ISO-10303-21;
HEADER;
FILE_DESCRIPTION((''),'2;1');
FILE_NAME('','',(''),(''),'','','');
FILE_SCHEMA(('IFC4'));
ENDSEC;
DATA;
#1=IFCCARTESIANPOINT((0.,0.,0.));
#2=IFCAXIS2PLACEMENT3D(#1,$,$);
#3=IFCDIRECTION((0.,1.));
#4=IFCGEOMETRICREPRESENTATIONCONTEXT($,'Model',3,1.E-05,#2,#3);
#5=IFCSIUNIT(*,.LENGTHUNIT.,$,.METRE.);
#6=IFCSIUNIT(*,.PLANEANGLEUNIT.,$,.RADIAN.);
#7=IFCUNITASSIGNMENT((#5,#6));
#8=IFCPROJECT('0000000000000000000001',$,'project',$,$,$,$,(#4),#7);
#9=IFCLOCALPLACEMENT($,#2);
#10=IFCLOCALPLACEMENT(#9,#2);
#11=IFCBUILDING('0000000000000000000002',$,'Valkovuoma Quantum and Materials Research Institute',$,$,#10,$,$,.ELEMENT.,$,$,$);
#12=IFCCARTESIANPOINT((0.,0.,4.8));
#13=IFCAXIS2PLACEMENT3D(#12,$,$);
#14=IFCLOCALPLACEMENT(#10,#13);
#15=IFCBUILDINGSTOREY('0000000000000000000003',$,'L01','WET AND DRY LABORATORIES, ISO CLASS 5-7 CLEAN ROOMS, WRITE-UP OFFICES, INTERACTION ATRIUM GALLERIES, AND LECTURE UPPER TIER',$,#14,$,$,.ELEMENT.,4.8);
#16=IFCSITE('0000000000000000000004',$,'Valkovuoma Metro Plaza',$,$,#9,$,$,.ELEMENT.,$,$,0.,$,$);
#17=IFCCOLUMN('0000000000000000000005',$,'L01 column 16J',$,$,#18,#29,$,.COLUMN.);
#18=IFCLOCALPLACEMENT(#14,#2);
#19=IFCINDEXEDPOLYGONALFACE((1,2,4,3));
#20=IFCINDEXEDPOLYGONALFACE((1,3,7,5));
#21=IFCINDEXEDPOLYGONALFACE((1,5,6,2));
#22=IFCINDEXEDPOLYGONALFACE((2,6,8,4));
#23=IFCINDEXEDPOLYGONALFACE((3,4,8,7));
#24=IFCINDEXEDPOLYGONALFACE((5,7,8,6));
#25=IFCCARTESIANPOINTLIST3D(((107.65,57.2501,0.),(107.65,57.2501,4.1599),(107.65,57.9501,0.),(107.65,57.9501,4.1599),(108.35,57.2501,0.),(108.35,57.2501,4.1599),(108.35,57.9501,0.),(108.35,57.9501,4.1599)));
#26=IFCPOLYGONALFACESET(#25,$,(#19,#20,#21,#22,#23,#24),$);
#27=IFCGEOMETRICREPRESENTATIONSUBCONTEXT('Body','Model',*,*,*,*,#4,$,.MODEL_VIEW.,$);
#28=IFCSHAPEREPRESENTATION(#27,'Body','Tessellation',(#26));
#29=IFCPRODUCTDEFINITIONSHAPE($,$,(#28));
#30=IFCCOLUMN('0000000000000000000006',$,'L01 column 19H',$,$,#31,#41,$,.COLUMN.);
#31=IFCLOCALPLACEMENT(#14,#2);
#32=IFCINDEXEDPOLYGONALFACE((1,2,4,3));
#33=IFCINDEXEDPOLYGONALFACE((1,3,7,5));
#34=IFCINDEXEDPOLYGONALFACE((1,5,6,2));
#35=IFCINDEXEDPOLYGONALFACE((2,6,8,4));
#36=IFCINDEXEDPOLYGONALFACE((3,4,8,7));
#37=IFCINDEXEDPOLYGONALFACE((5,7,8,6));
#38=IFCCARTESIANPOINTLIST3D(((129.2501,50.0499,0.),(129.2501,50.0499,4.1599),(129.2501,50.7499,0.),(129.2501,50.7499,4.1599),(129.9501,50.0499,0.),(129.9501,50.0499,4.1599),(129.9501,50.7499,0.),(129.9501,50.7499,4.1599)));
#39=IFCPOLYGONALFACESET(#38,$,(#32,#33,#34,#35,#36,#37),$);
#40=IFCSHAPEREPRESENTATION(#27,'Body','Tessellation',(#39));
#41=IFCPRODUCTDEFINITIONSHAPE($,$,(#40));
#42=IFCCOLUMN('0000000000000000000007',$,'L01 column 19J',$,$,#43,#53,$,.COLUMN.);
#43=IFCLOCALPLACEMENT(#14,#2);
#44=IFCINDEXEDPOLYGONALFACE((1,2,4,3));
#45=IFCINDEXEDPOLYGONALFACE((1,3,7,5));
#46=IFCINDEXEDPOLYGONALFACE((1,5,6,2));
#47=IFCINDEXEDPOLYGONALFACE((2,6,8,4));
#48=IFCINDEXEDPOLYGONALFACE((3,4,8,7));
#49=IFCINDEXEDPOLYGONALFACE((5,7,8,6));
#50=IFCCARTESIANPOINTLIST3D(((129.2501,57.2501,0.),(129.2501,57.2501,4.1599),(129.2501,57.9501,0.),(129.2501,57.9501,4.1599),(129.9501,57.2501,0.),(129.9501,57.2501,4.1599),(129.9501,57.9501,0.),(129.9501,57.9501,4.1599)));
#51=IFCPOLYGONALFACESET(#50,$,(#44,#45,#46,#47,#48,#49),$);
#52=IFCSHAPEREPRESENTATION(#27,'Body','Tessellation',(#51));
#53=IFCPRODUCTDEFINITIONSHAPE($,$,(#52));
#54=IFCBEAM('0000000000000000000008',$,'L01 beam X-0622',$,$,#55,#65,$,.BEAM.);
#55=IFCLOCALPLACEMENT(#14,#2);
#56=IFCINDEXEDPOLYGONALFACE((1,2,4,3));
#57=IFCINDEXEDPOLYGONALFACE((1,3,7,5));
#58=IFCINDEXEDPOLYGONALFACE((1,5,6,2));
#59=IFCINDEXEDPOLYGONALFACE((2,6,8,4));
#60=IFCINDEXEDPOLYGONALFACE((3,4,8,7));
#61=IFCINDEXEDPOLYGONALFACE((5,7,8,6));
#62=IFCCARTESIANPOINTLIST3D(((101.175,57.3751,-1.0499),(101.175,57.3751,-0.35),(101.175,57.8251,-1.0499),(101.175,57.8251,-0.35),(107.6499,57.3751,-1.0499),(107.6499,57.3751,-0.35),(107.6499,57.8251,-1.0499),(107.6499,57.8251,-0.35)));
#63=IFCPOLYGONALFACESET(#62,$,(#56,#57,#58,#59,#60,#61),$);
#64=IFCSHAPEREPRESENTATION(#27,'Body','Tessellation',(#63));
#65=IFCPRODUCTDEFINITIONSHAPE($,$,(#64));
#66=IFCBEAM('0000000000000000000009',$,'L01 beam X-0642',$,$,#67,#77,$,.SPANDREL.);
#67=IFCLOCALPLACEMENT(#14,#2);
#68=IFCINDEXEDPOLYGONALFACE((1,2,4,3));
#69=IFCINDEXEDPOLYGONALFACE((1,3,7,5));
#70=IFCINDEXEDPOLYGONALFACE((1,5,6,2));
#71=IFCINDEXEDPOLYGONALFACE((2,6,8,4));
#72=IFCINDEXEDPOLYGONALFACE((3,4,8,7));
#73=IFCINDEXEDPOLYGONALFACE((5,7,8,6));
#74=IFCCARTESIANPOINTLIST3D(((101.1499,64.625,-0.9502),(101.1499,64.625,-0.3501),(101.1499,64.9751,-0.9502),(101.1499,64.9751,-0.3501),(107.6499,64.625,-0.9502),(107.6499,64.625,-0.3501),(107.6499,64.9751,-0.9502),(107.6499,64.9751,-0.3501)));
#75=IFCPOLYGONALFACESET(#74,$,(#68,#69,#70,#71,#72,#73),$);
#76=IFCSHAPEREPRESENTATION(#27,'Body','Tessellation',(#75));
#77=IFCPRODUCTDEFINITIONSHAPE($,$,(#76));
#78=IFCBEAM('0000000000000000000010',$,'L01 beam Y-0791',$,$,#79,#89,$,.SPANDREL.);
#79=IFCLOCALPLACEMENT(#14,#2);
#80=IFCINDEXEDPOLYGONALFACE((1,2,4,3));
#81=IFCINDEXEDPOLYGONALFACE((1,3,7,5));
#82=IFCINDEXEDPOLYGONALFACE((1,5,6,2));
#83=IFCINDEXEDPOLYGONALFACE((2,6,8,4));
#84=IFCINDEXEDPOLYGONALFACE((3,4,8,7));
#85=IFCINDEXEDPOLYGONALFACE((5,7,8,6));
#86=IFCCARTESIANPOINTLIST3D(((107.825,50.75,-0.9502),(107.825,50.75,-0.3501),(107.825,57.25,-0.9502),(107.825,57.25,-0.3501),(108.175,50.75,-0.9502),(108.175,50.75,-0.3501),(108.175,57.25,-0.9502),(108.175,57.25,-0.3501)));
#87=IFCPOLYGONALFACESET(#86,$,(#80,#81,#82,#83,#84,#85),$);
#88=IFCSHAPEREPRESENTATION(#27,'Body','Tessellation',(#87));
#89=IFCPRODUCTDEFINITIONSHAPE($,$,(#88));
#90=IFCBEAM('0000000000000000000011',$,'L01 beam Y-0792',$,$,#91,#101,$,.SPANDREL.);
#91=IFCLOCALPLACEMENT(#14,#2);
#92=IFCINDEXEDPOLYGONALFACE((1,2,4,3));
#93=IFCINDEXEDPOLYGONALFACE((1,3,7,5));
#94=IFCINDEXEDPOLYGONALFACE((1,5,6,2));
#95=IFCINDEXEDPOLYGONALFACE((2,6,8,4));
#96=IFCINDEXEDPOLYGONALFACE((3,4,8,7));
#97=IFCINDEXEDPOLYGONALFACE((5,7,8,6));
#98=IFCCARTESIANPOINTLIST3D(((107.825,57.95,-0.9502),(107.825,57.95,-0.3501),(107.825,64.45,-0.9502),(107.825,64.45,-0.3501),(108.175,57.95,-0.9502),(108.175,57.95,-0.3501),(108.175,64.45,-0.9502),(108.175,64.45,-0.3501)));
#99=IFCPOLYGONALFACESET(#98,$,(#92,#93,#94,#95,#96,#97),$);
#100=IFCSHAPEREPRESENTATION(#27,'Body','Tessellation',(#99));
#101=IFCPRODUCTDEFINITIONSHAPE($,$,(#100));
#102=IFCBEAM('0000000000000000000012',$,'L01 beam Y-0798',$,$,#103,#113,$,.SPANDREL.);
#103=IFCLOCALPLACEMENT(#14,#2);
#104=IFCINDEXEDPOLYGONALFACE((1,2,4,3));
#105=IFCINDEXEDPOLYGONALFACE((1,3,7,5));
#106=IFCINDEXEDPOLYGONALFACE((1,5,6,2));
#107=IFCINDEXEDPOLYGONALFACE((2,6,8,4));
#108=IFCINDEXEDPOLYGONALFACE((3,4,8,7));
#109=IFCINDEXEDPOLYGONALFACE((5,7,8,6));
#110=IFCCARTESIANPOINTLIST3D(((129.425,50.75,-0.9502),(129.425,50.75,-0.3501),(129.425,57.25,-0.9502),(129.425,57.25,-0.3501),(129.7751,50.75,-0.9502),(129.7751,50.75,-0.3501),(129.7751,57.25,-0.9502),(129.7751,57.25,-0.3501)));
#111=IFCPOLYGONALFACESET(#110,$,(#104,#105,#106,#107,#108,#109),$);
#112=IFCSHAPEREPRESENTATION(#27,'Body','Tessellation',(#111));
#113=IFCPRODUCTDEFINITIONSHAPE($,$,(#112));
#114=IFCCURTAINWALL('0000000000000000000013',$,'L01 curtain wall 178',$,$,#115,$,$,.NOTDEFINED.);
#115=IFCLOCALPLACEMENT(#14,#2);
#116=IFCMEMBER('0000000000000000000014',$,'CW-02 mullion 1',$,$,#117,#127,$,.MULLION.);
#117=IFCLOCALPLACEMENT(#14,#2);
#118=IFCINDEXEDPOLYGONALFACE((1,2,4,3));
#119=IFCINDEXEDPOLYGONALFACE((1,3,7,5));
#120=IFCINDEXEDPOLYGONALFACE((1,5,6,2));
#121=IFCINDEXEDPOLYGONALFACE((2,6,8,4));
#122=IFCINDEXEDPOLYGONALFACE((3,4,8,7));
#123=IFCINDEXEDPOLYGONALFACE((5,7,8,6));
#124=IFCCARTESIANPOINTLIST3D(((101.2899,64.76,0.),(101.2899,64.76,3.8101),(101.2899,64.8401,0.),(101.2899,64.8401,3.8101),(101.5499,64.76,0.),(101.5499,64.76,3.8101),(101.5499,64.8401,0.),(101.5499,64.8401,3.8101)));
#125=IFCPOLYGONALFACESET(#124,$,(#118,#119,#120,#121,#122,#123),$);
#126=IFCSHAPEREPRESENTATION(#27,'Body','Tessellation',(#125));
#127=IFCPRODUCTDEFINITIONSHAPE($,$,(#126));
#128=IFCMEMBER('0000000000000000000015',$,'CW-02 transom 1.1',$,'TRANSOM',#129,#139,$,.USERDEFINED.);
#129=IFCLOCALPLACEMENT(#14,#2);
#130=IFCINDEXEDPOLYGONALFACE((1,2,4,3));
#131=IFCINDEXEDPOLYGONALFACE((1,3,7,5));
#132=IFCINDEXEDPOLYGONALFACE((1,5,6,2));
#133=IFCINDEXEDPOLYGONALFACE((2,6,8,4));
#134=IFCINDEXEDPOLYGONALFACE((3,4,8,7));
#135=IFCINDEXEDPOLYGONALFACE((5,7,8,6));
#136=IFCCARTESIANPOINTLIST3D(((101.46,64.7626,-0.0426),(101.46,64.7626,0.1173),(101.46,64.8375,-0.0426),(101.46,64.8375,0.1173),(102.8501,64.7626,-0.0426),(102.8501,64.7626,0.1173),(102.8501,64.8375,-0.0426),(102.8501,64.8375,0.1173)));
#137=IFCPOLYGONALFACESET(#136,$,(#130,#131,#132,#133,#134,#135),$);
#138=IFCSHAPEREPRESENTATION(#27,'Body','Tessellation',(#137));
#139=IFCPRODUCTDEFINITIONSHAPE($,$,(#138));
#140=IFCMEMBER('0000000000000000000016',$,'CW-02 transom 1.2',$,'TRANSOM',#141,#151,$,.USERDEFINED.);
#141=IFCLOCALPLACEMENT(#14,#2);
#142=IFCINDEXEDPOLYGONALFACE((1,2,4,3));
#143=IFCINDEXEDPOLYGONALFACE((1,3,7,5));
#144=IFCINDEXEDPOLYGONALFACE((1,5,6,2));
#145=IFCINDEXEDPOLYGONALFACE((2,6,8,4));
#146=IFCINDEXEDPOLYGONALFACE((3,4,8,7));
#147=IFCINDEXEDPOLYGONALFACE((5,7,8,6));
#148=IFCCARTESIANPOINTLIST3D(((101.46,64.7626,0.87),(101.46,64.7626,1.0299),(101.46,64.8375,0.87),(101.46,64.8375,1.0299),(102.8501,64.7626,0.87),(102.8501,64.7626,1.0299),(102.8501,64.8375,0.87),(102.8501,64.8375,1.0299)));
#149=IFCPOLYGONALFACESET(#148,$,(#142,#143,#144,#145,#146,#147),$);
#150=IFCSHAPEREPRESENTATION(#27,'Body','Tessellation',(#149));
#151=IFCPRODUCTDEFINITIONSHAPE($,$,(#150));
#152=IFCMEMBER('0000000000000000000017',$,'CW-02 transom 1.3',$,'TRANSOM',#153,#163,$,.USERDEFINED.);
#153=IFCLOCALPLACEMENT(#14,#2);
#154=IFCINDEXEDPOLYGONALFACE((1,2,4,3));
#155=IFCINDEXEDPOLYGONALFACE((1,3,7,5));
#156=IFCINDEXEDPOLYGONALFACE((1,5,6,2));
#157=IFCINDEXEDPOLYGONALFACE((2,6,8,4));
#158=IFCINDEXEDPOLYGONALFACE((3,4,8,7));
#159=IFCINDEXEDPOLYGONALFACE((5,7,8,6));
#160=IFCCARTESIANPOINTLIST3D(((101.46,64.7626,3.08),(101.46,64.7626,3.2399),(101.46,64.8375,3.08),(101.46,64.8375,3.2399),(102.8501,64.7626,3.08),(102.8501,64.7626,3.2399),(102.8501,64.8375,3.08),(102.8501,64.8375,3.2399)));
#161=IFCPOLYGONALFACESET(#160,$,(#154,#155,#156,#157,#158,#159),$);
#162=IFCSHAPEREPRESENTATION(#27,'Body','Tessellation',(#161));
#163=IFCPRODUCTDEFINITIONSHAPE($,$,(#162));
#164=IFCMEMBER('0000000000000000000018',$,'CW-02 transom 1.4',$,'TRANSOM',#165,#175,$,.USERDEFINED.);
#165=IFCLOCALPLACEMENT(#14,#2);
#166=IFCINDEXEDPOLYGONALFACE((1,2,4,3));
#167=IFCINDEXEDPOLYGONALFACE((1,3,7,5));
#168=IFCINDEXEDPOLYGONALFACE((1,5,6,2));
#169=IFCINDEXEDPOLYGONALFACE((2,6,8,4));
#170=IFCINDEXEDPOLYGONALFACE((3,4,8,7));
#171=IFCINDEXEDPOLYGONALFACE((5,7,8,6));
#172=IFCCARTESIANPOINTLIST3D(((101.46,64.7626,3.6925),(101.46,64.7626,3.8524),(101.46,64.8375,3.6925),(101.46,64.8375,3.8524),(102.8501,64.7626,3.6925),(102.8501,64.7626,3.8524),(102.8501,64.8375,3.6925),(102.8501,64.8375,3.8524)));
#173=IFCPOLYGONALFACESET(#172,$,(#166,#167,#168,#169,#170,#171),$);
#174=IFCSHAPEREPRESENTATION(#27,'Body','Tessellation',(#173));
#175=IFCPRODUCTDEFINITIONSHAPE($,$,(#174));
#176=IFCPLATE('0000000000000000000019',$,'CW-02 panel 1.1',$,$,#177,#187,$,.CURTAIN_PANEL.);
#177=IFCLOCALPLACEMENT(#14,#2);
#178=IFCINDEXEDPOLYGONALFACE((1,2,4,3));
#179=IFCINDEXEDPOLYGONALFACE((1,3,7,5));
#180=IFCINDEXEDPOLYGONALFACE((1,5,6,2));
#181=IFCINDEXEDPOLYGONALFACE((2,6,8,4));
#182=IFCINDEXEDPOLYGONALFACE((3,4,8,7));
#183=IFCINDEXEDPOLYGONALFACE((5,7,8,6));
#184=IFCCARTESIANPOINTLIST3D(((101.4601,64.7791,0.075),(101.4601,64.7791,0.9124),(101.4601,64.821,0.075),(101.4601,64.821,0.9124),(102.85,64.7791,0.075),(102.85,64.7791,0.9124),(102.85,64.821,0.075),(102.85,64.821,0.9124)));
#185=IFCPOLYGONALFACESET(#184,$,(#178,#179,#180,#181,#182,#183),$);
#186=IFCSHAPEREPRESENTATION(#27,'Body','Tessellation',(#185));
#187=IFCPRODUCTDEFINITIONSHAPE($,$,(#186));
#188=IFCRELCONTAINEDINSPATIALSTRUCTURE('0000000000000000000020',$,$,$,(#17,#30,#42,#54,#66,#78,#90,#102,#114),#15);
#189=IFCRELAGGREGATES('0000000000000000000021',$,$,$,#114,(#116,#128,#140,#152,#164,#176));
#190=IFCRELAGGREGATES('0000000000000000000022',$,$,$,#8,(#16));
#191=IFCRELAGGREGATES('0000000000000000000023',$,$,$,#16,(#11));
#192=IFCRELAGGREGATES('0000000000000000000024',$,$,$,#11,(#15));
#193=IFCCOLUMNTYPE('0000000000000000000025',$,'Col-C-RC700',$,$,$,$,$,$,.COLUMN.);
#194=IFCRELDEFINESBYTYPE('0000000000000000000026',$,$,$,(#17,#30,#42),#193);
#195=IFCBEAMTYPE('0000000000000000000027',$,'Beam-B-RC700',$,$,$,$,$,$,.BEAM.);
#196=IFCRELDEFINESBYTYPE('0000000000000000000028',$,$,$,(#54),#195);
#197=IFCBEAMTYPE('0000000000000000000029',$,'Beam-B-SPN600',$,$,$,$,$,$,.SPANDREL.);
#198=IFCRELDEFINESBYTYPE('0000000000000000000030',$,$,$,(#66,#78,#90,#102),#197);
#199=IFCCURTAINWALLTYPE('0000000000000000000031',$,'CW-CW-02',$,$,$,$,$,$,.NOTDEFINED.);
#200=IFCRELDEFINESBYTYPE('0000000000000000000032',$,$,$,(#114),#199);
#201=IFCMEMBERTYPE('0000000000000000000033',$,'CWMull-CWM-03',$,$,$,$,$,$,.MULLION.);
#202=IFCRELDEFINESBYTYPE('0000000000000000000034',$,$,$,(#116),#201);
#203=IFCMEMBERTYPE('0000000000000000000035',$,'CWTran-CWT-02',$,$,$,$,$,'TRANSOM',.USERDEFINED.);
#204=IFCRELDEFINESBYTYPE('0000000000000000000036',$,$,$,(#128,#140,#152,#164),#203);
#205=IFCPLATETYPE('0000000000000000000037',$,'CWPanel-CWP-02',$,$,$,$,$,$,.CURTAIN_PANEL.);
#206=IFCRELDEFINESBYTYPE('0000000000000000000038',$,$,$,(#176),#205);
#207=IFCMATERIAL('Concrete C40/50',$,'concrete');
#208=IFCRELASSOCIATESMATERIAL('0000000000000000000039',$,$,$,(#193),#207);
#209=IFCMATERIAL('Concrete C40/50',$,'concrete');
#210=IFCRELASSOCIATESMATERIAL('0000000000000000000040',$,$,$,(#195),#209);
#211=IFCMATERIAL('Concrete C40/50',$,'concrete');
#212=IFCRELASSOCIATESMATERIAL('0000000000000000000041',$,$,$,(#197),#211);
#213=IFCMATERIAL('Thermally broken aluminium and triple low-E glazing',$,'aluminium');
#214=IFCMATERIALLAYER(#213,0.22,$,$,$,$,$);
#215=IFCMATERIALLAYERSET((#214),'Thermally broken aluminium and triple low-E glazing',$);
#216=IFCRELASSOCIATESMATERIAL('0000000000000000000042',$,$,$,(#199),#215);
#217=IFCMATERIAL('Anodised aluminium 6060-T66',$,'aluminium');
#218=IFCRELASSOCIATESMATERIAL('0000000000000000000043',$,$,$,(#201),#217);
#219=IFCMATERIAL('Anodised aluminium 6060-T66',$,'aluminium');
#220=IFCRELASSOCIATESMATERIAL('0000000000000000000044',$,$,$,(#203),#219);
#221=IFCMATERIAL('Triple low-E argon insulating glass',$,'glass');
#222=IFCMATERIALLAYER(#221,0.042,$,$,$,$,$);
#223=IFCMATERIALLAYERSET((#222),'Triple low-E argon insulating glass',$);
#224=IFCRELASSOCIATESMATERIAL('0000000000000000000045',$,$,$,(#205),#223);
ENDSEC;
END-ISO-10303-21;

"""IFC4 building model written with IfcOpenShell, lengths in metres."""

from ifc_helpers import new_model, si_unit, direction, frame, origin, origin_2d, place, context, subcontext, project, spatial, rectangle, extrude, material, layer, layer_set, material_profile, profile_set, type_object, element, aggregate, save


model = new_model("IFC4")

# Units and contexts
model_context = context("Model", 3, precision=1e-05, world=origin(), true_north=direction((0.0, 1.0)))
body_context = subcontext(model_context, "Body", "Model", "MODEL_VIEW")
ifc_project = project(units=[si_unit("LENGTHUNIT", "METRE"), si_unit("PLANEANGLEUNIT", "RADIAN")], contexts=[model_context])

# Site, building, storey
site_placement = place(None, origin())
site = spatial("IfcSite", under=ifc_project, at=site_placement, Name="Valkovuoma Metro Plaza", CompositionType="ELEMENT", RefElevation=0.0)
building_placement = place(site_placement, origin())
building = spatial("IfcBuilding", under=site, at=building_placement, Name="Valkovuoma Quantum and Materials Research Institute", CompositionType="ELEMENT")
storey_placement = place(building_placement, frame((0.0, 0.0, 4.8)))
storey = spatial("IfcBuildingStorey", under=building, at=storey_placement, Name="L01", Description="WET AND DRY LABORATORIES, ISO CLASS 5-7 CLEAN ROOMS, WRITE-UP OFFICES, INTERACTION ATRIUM GALLERIES, AND LECTURE UPPER TIER", CompositionType="ELEMENT", Elevation=4.8)

# Columns
ifc_material_1 = material(Name="Concrete C40/50", Category="concrete")
ifc_material_profile_1 = material_profile(ifc_material_1, rectangle(XDim=0.7, YDim=0.7, at=origin_2d()), Name="Concrete C40/50")
ifc_profile_set_1 = profile_set([ifc_material_profile_1], Name="Concrete C40/50")
column_type = type_object("IfcColumnType", Name="Col-C-RC700", PredefinedType="COLUMN", material=ifc_profile_set_1)
for number, where, z_axis, x_axis, name in (
    (1, (108.0, 57.6001, 0.0), (0.0, 0.0, 1.0), (1.0, 0.0, 0.0), "L01 column 16J"),
    (2, (129.6001, 50.3999, 0.0), (0.0, 0.0, 1.0), (1.0, 0.0, 0.0), "L01 column 19H"),
    (3, (129.6001, 57.6001, 0.0), (0.0, 0.0, 1.0), (1.0, 0.0, 0.0), "L01 column 19J"),
):
    element("IfcColumn", number, at=place(storey_placement, frame(where, z_axis=z_axis, x_axis=x_axis)), inside=storey, type_object=column_type, Name=name, PredefinedType="COLUMN", context=body_context, shape_type="SweptSolid", body=[
        extrude(rectangle(XDim=0.7, YDim=0.7, at=origin_2d()), origin(), (0.0, 0.0, 1.0), 4.1599),
    ])

# Beams
ifc_material_2 = material(Name="Concrete C40/50", Category="concrete")
ifc_material_profile_2 = material_profile(ifc_material_2, rectangle(XDim=0.45, YDim=0.7, at=origin_2d()), Name="Concrete C40/50")
ifc_profile_set_2 = profile_set([ifc_material_profile_2], Name="Concrete C40/50")
beam_type_1 = type_object("IfcBeamType", Name="Beam-B-RC700", PredefinedType="BEAM", material=ifc_profile_set_2)
beam_placement = place(storey_placement, frame((101.175, 57.6001, -0.7), z_axis=(1.0, 0.0, 0.0), x_axis=(0.0, 1.0, 0.0)))
element("IfcBeam", 4, at=beam_placement, inside=storey, type_object=beam_type_1, Name="L01 beam X-0622", PredefinedType="BEAM", context=body_context, shape_type="SweptSolid", body=[
    extrude(rectangle(XDim=0.45, YDim=0.7, at=origin_2d()), origin(), (0.0, 0.0, 1.0), 6.4749),
])
ifc_material_3 = material(Name="Concrete C40/50", Category="concrete")
ifc_material_profile_3 = material_profile(ifc_material_3, rectangle(XDim=0.3501, YDim=0.6001, at=origin_2d()), Name="Concrete C40/50")
ifc_profile_set_3 = profile_set([ifc_material_profile_3], Name="Concrete C40/50")
beam_type_2 = type_object("IfcBeamType", Name="Beam-B-SPN600", PredefinedType="SPANDREL", material=ifc_profile_set_3)
for number, where, z_axis, x_axis, name in (
    (5, (101.1499, 64.8, -0.6501), (1.0, 0.0, 0.0), (0.0, 1.0, 0.0), "L01 beam X-0642"),
    (6, (108.0, 50.75, -0.6501), (0.0, 1.0, 0.0), (-1.0, 0.0, 0.0), "L01 beam Y-0791"),
    (7, (108.0, 57.95, -0.6501), (0.0, 1.0, 0.0), (-1.0, 0.0, 0.0), "L01 beam Y-0792"),
    (8, (129.6001, 50.75, -0.6501), (0.0, 1.0, 0.0), (-1.0, 0.0, 0.0), "L01 beam Y-0798"),
):
    element("IfcBeam", number, at=place(storey_placement, frame(where, z_axis=z_axis, x_axis=x_axis)), inside=storey, type_object=beam_type_2, Name=name, PredefinedType="SPANDREL", context=body_context, shape_type="SweptSolid", body=[
        extrude(rectangle(XDim=0.3501, YDim=0.6001, at=origin_2d()), origin(), (0.0, 0.0, 1.0), 6.5),
    ])

# Curtain wall, members, plate
ifc_material_4 = material(Name="Thermally broken aluminium and triple low-E glazing", Category="aluminium")
ifc_layer_1 = layer(ifc_material_4, 0.22)
ifc_layer_set_1 = layer_set([ifc_layer_1], Name="Thermally broken aluminium and triple low-E glazing")
curtain_wall_type = type_object("IfcCurtainWallType", Name="CW-CW-02", PredefinedType="NOTDEFINED", material=ifc_layer_set_1)
curtain_wall_placement = place(storey_placement, origin())
curtain_wall = element("IfcCurtainWall", 9, at=curtain_wall_placement, inside=storey, type_object=curtain_wall_type, Name="L01 curtain wall 178", PredefinedType="NOTDEFINED")
ifc_material_5 = material(Name="Anodised aluminium 6060-T66", Category="aluminium")
ifc_material_profile_4 = material_profile(ifc_material_5, rectangle(XDim=0.0801, YDim=0.26, at=origin_2d()), Name="Anodised aluminium 6060-T66")
ifc_profile_set_4 = profile_set([ifc_material_profile_4], Name="Anodised aluminium 6060-T66")
member_type_1 = type_object("IfcMemberType", Name="CWMull-CWM-03", PredefinedType="MULLION", material=ifc_profile_set_4)
member_1_placement = place(storey_placement, frame((101.4199, 64.8, 0.0), z_axis=(0.0, 0.0, 1.0), x_axis=(0.0, 1.0, 0.0)))
member_1 = element("IfcMember", 10, at=member_1_placement, type_object=member_type_1, Name="CW-02 mullion 1", PredefinedType="MULLION", context=body_context, shape_type="SweptSolid", body=[
    extrude(rectangle(XDim=0.0801, YDim=0.26, at=origin_2d()), origin(), (0.0, 0.0, 1.0), 3.8101),
])
ifc_material_6 = material(Name="Anodised aluminium 6060-T66", Category="aluminium")
ifc_material_profile_5 = material_profile(ifc_material_6, rectangle(XDim=0.075, YDim=0.1599, at=origin_2d()), Name="Anodised aluminium 6060-T66")
ifc_profile_set_5 = profile_set([ifc_material_profile_5], Name="Anodised aluminium 6060-T66")
member_type_2 = type_object("IfcMemberType", Name="CWTran-CWT-02", ElementType="TRANSOM", PredefinedType="USERDEFINED", material=ifc_profile_set_5)
member_2_placement = place(storey_placement, frame((101.46, 64.8, 0.0374), z_axis=(1.0, 0.0, 0.0), x_axis=(0.0, 1.0, 0.0)))
member_2 = element("IfcMember", 11, at=member_2_placement, type_object=member_type_2, Name="CW-02 transom 1.1", ObjectType="TRANSOM", PredefinedType="USERDEFINED", context=body_context, shape_type="SweptSolid", body=[
    extrude(rectangle(XDim=0.075, YDim=0.1599, at=origin_2d()), origin(), (0.0, 0.0, 1.0), 1.3901),
])
member_3_placement = place(storey_placement, frame((101.46, 64.8, 0.95), z_axis=(1.0, 0.0, 0.0), x_axis=(0.0, 1.0, 0.0)))
member_3 = element("IfcMember", 12, at=member_3_placement, type_object=member_type_2, Name="CW-02 transom 1.2", ObjectType="TRANSOM", PredefinedType="USERDEFINED", context=body_context, shape_type="SweptSolid", body=[
    extrude(rectangle(XDim=0.075, YDim=0.1599, at=origin_2d()), origin(), (0.0, 0.0, 1.0), 1.3901),
])
member_4_placement = place(storey_placement, frame((101.46, 64.8, 3.1599), z_axis=(1.0, 0.0, 0.0), x_axis=(0.0, 1.0, 0.0)))
member_4 = element("IfcMember", 13, at=member_4_placement, type_object=member_type_2, Name="CW-02 transom 1.3", ObjectType="TRANSOM", PredefinedType="USERDEFINED", context=body_context, shape_type="SweptSolid", body=[
    extrude(rectangle(XDim=0.075, YDim=0.1599, at=origin_2d()), origin(), (0.0, 0.0, 1.0), 1.3901),
])
member_5_placement = place(storey_placement, frame((101.46, 64.8, 3.7725), z_axis=(1.0, 0.0, 0.0), x_axis=(0.0, 1.0, 0.0)))
member_5 = element("IfcMember", 14, at=member_5_placement, type_object=member_type_2, Name="CW-02 transom 1.4", ObjectType="TRANSOM", PredefinedType="USERDEFINED", context=body_context, shape_type="SweptSolid", body=[
    extrude(rectangle(XDim=0.075, YDim=0.1599, at=origin_2d()), origin(), (0.0, 0.0, 1.0), 1.3901),
])
ifc_material_7 = material(Name="Triple low-E argon insulating glass", Category="glass")
ifc_layer_2 = layer(ifc_material_7, 0.042)
ifc_layer_set_2 = layer_set([ifc_layer_2], Name="Triple low-E argon insulating glass")
plate_type = type_object("IfcPlateType", Name="CWPanel-CWP-02", PredefinedType="CURTAIN_PANEL", material=ifc_layer_set_2)
plate_placement = place(storey_placement, frame((102.155, 64.8, 0.075), z_axis=(0.0, 0.0, 1.0), x_axis=(1.0, 0.0, 0.0)))
plate = element("IfcPlate", 15, at=plate_placement, type_object=plate_type, Name="CW-02 panel 1.1", PredefinedType="CURTAIN_PANEL", context=body_context, shape_type="SweptSolid", body=[
    extrude(rectangle(XDim=1.3899, YDim=0.042, at=origin_2d()), origin(), (0.0, 0.0, 1.0), 0.8374),
])
aggregate(curtain_wall, [member_1, member_2, member_3, member_4, member_5, plate])

save(model, "model.ifc")
